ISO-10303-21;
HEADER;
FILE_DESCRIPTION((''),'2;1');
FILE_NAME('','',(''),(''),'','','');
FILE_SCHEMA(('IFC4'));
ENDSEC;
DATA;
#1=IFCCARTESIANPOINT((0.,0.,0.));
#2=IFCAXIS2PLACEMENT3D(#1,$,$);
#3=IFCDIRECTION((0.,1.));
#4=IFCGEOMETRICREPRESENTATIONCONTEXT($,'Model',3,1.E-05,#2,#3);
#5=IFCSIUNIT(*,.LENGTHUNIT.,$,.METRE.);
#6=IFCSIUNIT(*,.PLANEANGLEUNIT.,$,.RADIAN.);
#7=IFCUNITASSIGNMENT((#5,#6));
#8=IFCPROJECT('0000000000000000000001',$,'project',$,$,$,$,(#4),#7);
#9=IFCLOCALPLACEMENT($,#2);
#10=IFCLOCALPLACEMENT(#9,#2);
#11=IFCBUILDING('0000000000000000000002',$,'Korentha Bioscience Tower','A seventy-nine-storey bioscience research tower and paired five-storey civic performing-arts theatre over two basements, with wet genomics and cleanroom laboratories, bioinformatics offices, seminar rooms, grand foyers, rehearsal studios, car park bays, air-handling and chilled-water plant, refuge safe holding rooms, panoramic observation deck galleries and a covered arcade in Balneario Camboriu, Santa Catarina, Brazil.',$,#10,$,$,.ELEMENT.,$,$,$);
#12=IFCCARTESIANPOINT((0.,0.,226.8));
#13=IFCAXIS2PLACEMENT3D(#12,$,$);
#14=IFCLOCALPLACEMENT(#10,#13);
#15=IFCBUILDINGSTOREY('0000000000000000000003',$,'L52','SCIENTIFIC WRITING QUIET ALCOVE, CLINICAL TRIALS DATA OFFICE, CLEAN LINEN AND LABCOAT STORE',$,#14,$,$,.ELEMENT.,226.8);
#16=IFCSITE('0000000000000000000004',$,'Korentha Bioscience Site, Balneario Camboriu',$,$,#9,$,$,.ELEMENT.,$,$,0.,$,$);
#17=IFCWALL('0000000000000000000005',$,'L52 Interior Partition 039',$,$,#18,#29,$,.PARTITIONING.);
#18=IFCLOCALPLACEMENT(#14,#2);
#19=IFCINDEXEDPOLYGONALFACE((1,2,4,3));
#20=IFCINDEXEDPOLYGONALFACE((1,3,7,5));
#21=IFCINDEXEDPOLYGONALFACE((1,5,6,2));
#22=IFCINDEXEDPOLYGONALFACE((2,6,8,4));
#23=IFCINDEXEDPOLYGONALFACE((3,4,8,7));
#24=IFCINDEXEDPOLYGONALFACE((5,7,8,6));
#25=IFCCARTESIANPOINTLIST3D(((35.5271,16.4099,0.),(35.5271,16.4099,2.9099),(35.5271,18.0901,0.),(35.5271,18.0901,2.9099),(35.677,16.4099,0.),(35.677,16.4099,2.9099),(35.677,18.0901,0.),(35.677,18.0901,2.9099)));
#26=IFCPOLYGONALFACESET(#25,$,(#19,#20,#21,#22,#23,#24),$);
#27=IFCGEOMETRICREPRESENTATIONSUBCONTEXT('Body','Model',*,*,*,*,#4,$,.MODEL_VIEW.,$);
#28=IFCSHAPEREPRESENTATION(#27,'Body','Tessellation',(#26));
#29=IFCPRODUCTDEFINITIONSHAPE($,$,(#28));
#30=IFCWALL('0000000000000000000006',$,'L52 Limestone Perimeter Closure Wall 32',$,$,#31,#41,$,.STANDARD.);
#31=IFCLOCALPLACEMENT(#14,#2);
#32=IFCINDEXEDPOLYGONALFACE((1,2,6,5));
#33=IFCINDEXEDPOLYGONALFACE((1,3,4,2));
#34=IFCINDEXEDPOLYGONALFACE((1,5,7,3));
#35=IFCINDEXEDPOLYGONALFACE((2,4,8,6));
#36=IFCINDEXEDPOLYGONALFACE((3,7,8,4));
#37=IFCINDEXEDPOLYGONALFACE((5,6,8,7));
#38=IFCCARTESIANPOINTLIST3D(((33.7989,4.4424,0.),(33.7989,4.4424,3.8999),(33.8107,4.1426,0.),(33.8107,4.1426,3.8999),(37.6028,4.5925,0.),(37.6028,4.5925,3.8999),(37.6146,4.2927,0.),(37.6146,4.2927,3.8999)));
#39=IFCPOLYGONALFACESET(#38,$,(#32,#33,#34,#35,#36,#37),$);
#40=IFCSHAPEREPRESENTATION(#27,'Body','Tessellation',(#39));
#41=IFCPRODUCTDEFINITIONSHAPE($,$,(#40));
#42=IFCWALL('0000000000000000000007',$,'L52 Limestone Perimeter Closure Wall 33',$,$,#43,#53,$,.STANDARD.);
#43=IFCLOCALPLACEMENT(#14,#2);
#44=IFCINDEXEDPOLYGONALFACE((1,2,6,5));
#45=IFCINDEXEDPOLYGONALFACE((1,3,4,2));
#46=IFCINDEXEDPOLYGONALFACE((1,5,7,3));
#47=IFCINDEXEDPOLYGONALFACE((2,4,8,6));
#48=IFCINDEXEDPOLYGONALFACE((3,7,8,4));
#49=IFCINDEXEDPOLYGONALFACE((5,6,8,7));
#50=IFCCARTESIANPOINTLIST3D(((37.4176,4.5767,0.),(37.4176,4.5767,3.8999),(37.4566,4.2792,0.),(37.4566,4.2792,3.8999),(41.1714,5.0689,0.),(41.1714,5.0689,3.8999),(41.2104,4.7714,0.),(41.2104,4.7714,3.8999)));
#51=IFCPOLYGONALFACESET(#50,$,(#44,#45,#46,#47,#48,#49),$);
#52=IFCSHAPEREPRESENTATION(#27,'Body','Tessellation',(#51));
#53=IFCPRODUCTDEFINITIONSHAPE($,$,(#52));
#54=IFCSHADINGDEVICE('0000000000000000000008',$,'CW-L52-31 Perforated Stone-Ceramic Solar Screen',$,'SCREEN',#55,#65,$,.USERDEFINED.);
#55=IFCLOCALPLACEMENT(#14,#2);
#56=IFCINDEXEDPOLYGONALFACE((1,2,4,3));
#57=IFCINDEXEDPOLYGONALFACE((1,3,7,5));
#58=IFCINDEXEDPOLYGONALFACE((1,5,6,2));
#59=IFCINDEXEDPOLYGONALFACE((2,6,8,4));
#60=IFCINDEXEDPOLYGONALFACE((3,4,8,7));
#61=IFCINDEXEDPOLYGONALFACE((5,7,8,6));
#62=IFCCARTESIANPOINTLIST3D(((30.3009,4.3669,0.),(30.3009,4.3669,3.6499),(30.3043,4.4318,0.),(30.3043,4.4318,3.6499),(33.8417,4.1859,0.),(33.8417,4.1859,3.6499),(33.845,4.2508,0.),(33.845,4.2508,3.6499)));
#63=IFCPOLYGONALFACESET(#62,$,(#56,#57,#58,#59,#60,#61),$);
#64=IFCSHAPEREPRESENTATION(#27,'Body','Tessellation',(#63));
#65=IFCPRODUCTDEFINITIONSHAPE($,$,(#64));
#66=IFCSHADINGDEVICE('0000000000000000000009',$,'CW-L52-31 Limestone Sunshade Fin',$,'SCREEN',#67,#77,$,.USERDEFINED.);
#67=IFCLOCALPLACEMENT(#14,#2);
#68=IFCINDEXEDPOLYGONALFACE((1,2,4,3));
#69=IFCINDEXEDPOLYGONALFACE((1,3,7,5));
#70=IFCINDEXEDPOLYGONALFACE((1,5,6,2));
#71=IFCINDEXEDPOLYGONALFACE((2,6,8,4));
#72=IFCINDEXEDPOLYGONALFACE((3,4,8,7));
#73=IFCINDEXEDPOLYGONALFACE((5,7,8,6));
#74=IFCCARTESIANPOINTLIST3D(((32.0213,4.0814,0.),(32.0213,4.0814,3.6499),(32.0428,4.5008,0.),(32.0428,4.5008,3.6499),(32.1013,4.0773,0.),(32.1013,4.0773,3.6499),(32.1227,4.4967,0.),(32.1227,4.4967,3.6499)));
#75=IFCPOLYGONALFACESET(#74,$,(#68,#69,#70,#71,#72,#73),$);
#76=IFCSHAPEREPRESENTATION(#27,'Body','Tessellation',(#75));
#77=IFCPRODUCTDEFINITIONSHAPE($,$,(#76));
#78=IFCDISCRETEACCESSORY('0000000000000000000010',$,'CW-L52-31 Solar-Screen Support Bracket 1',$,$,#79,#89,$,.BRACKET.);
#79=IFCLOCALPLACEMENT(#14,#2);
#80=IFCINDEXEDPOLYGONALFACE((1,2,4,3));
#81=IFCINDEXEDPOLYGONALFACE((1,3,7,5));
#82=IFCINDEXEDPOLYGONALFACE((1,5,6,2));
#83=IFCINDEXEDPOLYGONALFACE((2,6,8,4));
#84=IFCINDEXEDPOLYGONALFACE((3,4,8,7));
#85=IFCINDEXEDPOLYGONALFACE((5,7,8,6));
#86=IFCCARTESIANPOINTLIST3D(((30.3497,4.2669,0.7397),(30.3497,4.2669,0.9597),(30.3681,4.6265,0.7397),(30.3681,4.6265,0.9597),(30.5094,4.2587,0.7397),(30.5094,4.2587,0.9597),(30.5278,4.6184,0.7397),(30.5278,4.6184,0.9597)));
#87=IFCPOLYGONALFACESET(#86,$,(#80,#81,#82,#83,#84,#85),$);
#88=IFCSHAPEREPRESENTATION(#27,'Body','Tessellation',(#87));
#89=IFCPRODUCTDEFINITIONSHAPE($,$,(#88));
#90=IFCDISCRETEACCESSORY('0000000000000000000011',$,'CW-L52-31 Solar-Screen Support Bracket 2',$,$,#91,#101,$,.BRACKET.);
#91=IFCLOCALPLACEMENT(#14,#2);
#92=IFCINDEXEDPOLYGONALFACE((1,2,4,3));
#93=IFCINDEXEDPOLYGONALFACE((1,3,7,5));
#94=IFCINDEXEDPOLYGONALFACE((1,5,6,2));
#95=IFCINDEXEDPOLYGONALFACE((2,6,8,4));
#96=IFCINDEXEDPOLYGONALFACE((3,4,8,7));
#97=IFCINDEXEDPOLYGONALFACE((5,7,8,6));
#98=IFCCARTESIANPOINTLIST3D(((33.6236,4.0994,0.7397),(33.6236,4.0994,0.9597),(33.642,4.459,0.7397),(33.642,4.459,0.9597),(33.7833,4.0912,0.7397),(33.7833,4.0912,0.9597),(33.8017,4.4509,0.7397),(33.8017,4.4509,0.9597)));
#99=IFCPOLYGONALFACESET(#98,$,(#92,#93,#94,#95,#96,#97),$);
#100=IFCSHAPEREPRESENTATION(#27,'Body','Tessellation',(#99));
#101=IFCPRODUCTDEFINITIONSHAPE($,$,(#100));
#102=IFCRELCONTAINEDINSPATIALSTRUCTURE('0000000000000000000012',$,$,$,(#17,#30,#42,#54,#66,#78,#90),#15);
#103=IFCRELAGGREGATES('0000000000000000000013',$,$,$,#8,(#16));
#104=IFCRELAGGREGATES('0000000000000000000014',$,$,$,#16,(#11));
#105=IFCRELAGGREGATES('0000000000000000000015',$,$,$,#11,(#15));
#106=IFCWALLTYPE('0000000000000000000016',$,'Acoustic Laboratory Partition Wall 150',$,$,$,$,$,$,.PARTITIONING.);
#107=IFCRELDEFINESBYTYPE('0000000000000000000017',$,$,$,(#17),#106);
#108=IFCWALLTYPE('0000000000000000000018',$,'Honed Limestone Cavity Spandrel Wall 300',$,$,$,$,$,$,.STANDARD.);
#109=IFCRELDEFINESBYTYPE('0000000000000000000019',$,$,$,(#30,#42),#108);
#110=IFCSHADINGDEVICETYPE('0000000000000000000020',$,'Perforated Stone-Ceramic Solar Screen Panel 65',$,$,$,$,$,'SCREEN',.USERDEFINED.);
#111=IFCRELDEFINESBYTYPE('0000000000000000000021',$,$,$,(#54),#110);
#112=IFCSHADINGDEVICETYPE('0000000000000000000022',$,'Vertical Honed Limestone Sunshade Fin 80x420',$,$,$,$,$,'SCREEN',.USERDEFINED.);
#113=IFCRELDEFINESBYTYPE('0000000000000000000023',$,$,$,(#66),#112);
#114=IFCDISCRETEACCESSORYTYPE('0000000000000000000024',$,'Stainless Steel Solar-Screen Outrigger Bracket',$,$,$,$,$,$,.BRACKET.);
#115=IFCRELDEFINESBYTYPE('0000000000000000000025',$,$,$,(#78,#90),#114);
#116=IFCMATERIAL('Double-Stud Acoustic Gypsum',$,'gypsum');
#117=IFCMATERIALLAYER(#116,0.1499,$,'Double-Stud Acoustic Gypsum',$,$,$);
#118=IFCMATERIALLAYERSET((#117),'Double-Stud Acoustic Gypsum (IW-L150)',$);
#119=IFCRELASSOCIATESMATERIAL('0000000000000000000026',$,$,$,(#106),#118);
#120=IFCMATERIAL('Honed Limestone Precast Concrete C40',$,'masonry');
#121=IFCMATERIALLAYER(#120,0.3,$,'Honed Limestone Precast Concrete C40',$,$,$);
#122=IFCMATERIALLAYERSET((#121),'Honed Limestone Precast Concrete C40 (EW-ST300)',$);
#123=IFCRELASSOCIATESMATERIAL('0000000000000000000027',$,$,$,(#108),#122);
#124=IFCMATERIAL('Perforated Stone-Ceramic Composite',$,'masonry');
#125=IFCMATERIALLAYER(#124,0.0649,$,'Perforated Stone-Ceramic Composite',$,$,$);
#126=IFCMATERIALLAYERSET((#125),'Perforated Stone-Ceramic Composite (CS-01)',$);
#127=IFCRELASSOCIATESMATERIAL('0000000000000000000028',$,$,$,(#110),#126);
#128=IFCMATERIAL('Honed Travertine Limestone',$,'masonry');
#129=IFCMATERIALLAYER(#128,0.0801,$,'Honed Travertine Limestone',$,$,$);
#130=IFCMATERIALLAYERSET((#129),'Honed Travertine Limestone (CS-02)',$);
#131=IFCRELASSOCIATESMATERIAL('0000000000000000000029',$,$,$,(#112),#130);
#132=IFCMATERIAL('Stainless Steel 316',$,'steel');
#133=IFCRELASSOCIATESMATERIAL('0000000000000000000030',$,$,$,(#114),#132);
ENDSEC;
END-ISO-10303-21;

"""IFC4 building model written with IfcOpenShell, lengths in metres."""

from ifc_helpers import new_model, si_unit, direction, frame, frame_2d, origin, origin_2d, place, context, subcontext, project, spatial, rectangle, extrude, material, layer, layer_set, type_object, element, save


model = new_model("IFC4")

# Units and contexts
model_context = context("Model", 3, precision=1e-05, world=origin(), true_north=direction((0.0, 1.0)))
body_context = subcontext(model_context, "Body", "Model", "MODEL_VIEW")
ifc_project = project(units=[si_unit("LENGTHUNIT", "METRE"), si_unit("PLANEANGLEUNIT", "RADIAN")], contexts=[model_context])

# Site, building, storey
site_placement = place(None, origin())
site = spatial("IfcSite", under=ifc_project, at=site_placement, Name="Korentha Bioscience Site, Balneario Camboriu", CompositionType="ELEMENT", RefElevation=0.0)
building_placement = place(site_placement, origin())
building = spatial("IfcBuilding", under=site, at=building_placement, Name="Korentha Bioscience Tower", Description="A seventy-nine-storey bioscience research tower and paired five-storey civic performing-arts theatre over two basements, with wet genomics and cleanroom laboratories, bioinformatics offices, seminar rooms, grand foyers, rehearsal studios, car park bays, air-handling and chilled-water plant, refuge safe holding rooms, panoramic observation deck galleries and a covered arcade in Balneario Camboriu, Santa Catarina, Brazil.", CompositionType="ELEMENT")
storey_placement = place(building_placement, frame((0.0, 0.0, 226.8)))
storey = spatial("IfcBuildingStorey", under=building, at=storey_placement, Name="L52", Description="SCIENTIFIC WRITING QUIET ALCOVE, CLINICAL TRIALS DATA OFFICE, CLEAN LINEN AND LABCOAT STORE", CompositionType="ELEMENT", Elevation=226.8)

# Walls
ifc_material_1 = material(Name="Double-Stud Acoustic Gypsum", Category="gypsum")
ifc_layer_1 = layer(ifc_material_1, 0.1499, Name="Double-Stud Acoustic Gypsum")
ifc_layer_set_1 = layer_set([ifc_layer_1], Name="Double-Stud Acoustic Gypsum (IW-L150)")
wall_type_1 = type_object("IfcWallType", Name="Acoustic Laboratory Partition Wall 150", PredefinedType="PARTITIONING", material=ifc_layer_set_1)
wall_1_placement = place(storey_placement, frame((35.6021, 16.4099, 0.0), z_axis=(0.0, 0.0, 1.0), x_axis=(0.0, 1.0, 0.0)))
element("IfcWall", 1, at=wall_1_placement, inside=storey, type_object=wall_type_1, Name="L52 Interior Partition 039", PredefinedType="PARTITIONING", context=body_context, shape_type="SweptSolid", body=[
    extrude(rectangle(XDim=1.6802, YDim=0.1499, at=frame_2d((0.8401, 0.0))), origin(), (0.0, 0.0, 1.0), 2.9099),
])
ifc_material_2 = material(Name="Honed Limestone Precast Concrete C40", Category="masonry")
ifc_layer_2 = layer(ifc_material_2, 0.3, Name="Honed Limestone Precast Concrete C40")
ifc_layer_set_2 = layer_set([ifc_layer_2], Name="Honed Limestone Precast Concrete C40 (EW-ST300)")
wall_type_2 = type_object("IfcWallType", Name="Honed Limestone Cavity Spandrel Wall 300", PredefinedType="STANDARD", material=ifc_layer_set_2)
wall_2_placement = place(storey_placement, frame((33.8049, 4.2925, 0.0), z_axis=(0.0, 0.0, 1.0), x_axis=(0.999222, 0.03944, 0.0)))
element("IfcWall", 2, at=wall_2_placement, inside=storey, type_object=wall_type_2, Name="L52 Limestone Perimeter Closure Wall 32", PredefinedType="STANDARD", context=body_context, shape_type="SweptSolid", body=[
    extrude(rectangle(XDim=3.8069, YDim=0.3, at=frame_2d((1.9033, 0.0))), origin(), (0.0, 0.0, 1.0), 3.8999),
])
wall_3_placement = place(storey_placement, frame((37.437, 4.428, 0.0), z_axis=(0.0, 0.0, 1.0), x_axis=(0.991513, 0.130009, 0.0)))
element("IfcWall", 3, at=wall_3_placement, inside=storey, type_object=wall_type_2, Name="L52 Limestone Perimeter Closure Wall 33", PredefinedType="STANDARD", context=body_context, shape_type="SweptSolid", body=[
    extrude(rectangle(XDim=3.7859, YDim=0.3, at=frame_2d((1.8931, 0.0))), origin(), (0.0, 0.0, 1.0), 3.8999),
])

# Shading devices
ifc_material_3 = material(Name="Perforated Stone-Ceramic Composite", Category="masonry")
ifc_layer_3 = layer(ifc_material_3, 0.0649, Name="Perforated Stone-Ceramic Composite")
ifc_layer_set_3 = layer_set([ifc_layer_3], Name="Perforated Stone-Ceramic Composite (CS-01)")
shading_device_type_1 = type_object("IfcShadingDeviceType", Name="Perforated Stone-Ceramic Solar Screen Panel 65", ElementType="SCREEN", PredefinedType="USERDEFINED", material=ifc_layer_set_3)
shading_device_1_placement = place(storey_placement, frame((32.073, 4.3088, 0.0), z_axis=(0.0, 0.0, 1.0), x_axis=(0.998696, -0.051055, 0.0)))
element("IfcShadingDevice", 4, at=shading_device_1_placement, inside=storey, type_object=shading_device_type_1, Name="CW-L52-31 Perforated Stone-Ceramic Solar Screen", ObjectType="SCREEN", PredefinedType="USERDEFINED", context=body_context, shape_type="SweptSolid", body=[
    extrude(rectangle(XDim=3.5454, YDim=0.0649, at=origin_2d()), origin(), (0.0, 0.0, 1.0), 3.6499),
])
ifc_material_4 = material(Name="Honed Travertine Limestone", Category="masonry")
ifc_layer_4 = layer(ifc_material_4, 0.0801, Name="Honed Travertine Limestone")
ifc_layer_set_4 = layer_set([ifc_layer_4], Name="Honed Travertine Limestone (CS-02)")
shading_device_type_2 = type_object("IfcShadingDeviceType", Name="Vertical Honed Limestone Sunshade Fin 80x420", ElementType="SCREEN", PredefinedType="USERDEFINED", material=ifc_layer_set_4)
shading_device_2_placement = place(storey_placement, frame((32.072, 4.2891, 0.0), z_axis=(0.0, 0.0, 1.0), x_axis=(0.998696, -0.051055, 0.0)))
element("IfcShadingDevice", 5, at=shading_device_2_placement, inside=storey, type_object=shading_device_type_2, Name="CW-L52-31 Limestone Sunshade Fin", ObjectType="SCREEN", PredefinedType="USERDEFINED", context=body_context, shape_type="SweptSolid", body=[
    extrude(rectangle(XDim=0.0801, YDim=0.4199, at=origin_2d()), origin(), (0.0, 0.0, 1.0), 3.6499),
])

# Discrete accessories
ifc_material_5 = material(Name="Stainless Steel 316", Category="steel")
discrete_accessory_type = type_object("IfcDiscreteAccessoryType", Name="Stainless Steel Solar-Screen Outrigger Bracket", PredefinedType="BRACKET", material=ifc_material_5)
for number, where, z_axis, x_axis, name in (
    (6, (30.4387, 4.4426, 0.7397), (0.0, 0.0, 1.0), (0.998696, -0.051055, 0.0), "CW-L52-31 Solar-Screen Support Bracket 1"),
    (7, (33.7126, 4.2751, 0.7397), (0.0, 0.0, 1.0), (0.998696, -0.051055, 0.0), "CW-L52-31 Solar-Screen Support Bracket 2"),
):
    element("IfcDiscreteAccessory", number, at=place(storey_placement, frame(where, z_axis=z_axis, x_axis=x_axis)), inside=storey, type_object=discrete_accessory_type, Name=name, PredefinedType="BRACKET", context=body_context, shape_type="SweptSolid", body=[
        extrude(rectangle(XDim=0.1599, YDim=0.3601, at=origin_2d()), origin(), (0.0, 0.0, 1.0), 0.22),
    ])

save(model, "model.ifc")
